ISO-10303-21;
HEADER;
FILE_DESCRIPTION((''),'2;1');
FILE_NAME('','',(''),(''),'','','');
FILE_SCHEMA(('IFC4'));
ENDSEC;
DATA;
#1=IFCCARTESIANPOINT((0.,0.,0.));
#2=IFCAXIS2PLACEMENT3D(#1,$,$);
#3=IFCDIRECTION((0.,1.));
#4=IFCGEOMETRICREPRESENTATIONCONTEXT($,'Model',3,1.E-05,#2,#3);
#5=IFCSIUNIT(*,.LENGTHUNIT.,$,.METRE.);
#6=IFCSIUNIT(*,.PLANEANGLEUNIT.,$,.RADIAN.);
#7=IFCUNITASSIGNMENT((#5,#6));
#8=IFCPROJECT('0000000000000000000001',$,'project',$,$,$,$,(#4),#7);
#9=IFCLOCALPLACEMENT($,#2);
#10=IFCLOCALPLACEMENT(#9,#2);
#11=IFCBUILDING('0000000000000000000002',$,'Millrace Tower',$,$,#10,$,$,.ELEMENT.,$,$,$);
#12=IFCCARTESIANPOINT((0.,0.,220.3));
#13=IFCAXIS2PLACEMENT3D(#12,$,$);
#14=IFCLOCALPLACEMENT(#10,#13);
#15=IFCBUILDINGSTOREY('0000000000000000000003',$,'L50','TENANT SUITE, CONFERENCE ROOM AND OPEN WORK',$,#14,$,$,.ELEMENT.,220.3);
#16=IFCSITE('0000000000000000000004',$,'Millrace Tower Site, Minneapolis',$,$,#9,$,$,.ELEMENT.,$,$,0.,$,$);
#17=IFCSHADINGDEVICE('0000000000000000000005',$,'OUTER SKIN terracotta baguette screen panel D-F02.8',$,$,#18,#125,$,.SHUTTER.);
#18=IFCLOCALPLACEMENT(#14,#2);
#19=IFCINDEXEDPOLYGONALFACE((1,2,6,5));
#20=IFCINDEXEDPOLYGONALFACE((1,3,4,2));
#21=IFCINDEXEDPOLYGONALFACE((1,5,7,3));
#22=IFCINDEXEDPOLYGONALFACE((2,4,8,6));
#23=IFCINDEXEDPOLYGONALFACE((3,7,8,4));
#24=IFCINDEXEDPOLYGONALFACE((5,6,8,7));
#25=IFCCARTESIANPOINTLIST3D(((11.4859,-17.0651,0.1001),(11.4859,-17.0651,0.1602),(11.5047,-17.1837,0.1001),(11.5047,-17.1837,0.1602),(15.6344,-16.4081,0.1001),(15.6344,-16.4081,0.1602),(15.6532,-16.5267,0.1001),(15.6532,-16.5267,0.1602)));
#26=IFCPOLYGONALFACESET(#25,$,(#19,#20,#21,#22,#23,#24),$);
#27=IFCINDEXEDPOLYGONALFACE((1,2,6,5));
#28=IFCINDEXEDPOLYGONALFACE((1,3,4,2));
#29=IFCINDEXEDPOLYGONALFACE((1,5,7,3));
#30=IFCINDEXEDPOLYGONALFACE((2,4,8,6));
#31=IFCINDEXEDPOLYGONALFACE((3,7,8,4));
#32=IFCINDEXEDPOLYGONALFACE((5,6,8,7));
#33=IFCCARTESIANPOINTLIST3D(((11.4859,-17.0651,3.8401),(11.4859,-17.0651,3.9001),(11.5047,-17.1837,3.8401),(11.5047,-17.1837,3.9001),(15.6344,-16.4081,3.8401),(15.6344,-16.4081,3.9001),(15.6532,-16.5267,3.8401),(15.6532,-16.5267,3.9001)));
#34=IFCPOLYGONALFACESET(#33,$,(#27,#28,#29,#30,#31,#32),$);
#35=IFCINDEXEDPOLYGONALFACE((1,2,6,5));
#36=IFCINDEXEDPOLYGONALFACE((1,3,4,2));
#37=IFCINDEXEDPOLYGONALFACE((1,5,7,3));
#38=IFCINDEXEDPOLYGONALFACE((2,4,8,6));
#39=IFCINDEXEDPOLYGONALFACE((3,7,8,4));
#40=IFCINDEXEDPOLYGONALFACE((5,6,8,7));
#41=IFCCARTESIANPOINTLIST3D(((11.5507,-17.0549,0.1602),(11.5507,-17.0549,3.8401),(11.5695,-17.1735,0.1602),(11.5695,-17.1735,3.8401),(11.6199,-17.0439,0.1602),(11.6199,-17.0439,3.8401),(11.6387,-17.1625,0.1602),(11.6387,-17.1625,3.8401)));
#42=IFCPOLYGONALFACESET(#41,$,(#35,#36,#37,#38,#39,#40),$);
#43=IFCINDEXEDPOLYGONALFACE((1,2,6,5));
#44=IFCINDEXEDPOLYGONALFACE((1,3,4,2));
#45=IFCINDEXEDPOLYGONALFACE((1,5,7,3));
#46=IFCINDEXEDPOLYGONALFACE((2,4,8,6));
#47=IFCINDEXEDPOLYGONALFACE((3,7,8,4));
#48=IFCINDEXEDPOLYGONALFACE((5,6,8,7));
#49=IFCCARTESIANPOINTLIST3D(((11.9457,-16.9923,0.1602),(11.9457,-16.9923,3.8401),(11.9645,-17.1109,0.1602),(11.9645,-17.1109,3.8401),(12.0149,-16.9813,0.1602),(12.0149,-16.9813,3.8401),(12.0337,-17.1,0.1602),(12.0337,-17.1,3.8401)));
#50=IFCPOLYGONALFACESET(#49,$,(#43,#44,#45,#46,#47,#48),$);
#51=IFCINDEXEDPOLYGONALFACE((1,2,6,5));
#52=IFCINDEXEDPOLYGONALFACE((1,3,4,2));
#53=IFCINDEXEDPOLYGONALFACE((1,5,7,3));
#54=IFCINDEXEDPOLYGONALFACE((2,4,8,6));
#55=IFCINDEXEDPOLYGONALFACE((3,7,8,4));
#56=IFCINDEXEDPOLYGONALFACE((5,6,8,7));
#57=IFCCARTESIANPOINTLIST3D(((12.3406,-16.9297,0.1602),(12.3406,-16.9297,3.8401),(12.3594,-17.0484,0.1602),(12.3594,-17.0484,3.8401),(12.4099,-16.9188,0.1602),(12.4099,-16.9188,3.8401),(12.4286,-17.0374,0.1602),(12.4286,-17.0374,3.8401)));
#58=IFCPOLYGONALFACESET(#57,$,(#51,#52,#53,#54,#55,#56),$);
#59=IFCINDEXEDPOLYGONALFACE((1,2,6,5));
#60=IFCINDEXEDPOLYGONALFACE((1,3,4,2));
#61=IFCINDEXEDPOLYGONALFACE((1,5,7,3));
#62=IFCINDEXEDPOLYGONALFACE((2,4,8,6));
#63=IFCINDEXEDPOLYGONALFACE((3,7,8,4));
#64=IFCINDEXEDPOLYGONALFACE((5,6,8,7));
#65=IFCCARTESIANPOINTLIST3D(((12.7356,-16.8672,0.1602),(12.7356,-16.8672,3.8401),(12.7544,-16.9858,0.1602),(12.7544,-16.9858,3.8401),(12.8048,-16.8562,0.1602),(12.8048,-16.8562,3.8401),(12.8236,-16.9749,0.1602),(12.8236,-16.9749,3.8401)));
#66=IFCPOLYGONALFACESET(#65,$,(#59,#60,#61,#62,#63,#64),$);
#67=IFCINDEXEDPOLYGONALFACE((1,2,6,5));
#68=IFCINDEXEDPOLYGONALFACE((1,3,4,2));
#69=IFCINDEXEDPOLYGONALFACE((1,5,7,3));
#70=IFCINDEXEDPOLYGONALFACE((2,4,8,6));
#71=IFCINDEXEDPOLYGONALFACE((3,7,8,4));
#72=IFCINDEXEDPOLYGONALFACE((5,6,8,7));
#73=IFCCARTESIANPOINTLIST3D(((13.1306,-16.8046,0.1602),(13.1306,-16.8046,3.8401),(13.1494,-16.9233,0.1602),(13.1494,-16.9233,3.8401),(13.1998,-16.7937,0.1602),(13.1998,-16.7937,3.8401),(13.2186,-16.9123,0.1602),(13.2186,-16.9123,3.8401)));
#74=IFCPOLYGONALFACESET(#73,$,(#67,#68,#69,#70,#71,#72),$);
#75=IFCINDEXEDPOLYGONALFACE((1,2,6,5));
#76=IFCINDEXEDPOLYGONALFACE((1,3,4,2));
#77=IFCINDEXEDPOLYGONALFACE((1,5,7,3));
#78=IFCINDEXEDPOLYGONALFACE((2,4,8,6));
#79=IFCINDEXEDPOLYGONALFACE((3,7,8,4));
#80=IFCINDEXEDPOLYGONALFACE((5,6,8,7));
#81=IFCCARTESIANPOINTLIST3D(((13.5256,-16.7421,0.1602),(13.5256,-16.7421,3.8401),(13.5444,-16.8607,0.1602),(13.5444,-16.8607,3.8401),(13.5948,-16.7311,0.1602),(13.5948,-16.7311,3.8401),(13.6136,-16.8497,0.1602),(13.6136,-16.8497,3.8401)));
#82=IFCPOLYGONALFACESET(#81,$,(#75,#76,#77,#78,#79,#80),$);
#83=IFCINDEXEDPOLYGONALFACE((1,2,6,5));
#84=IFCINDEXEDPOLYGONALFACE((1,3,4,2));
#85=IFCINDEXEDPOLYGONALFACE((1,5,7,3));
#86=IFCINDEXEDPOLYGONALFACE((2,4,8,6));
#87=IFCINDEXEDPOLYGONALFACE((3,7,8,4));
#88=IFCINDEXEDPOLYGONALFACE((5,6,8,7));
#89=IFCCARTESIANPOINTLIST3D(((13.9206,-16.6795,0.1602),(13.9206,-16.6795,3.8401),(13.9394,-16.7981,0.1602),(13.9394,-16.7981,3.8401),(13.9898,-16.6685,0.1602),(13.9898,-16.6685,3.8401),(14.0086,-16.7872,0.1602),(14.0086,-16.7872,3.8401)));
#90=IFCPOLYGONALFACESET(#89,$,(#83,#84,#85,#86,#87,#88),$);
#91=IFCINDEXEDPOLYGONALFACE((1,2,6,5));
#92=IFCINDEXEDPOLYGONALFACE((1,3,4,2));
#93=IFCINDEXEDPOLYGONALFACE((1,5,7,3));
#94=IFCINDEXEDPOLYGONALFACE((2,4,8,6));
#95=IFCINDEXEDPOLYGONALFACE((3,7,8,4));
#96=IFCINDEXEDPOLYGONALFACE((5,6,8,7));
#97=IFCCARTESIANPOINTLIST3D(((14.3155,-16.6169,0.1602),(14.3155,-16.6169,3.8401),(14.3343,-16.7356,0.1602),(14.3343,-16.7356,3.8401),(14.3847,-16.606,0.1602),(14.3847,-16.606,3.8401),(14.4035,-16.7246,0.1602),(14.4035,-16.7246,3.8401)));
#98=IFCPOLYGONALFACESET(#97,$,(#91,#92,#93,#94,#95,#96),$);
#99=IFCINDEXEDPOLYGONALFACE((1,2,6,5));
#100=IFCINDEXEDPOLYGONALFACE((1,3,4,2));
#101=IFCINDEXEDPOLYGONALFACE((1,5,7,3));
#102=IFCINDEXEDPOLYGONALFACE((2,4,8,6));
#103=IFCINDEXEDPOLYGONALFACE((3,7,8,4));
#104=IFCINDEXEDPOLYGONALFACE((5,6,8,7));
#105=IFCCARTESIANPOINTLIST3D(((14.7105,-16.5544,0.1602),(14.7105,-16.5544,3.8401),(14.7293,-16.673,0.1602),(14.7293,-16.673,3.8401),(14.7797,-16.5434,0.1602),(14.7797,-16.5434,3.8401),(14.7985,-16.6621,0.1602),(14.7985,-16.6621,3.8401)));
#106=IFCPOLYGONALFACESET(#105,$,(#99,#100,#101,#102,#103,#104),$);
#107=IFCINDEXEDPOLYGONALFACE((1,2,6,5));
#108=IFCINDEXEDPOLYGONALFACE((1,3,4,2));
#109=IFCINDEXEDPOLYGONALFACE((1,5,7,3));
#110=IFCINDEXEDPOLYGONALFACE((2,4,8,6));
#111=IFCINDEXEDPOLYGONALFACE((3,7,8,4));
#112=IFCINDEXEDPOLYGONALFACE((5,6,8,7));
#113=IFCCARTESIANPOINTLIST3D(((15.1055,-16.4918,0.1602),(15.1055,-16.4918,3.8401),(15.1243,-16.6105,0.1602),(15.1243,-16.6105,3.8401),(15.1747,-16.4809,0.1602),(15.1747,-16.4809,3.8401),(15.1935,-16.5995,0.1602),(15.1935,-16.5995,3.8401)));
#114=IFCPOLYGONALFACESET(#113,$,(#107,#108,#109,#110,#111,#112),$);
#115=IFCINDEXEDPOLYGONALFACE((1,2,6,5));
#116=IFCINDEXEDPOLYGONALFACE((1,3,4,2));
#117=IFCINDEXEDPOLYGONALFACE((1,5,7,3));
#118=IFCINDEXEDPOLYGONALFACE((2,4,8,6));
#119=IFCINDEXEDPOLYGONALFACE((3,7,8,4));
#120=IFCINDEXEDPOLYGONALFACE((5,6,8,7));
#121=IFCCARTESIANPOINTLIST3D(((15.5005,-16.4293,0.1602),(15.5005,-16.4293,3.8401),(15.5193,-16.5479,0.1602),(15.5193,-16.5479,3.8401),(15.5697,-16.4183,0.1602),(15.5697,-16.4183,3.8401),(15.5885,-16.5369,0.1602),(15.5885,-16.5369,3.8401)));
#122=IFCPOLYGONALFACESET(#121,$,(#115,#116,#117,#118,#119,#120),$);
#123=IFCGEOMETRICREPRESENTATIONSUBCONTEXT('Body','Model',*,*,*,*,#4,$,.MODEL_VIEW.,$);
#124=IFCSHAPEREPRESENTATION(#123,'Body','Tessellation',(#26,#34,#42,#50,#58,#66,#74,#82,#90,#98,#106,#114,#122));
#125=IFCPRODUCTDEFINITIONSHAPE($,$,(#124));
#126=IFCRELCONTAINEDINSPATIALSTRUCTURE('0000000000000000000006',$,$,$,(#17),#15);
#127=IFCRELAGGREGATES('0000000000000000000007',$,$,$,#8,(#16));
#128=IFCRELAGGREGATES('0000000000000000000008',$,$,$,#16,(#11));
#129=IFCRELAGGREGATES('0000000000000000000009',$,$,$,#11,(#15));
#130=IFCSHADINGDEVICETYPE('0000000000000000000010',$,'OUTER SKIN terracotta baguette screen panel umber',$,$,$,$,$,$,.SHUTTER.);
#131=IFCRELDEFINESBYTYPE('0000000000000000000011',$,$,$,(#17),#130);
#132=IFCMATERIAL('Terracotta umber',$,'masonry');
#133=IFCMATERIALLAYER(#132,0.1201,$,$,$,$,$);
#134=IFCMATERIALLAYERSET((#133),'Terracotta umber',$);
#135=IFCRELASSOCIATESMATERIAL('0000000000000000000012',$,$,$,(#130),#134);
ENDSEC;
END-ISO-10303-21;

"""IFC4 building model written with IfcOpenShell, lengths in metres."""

from ifc_helpers import new_model, entity, si_unit, direction, frame, frame_2d, origin, origin_2d, place, context, subcontext, project, spatial, rectangle, extrude, source, transform, mapped, material, layer, layer_set, type_object, element, save


model = new_model("IFC4")

# Units and contexts
model_context = context("Model", 3, precision=1e-05, world=origin(), true_north=direction((0.0, 1.0)))
body_context = subcontext(model_context, "Body", "Model", "MODEL_VIEW")
ifc_project = project(units=[si_unit("LENGTHUNIT", "METRE"), si_unit("PLANEANGLEUNIT", "RADIAN")], contexts=[model_context])

# Site, building, storey
site_placement = place(None, origin())
site = spatial("IfcSite", under=ifc_project, at=site_placement, Name="Millrace Tower Site, Minneapolis", CompositionType="ELEMENT", RefElevation=0.0)
building_placement = place(site_placement, origin())
building = spatial("IfcBuilding", under=site, at=building_placement, Name="Millrace Tower", CompositionType="ELEMENT")
storey_placement = place(building_placement, frame((0.0, 0.0, 220.3)))
storey = spatial("IfcBuildingStorey", under=building, at=storey_placement, Name="L50", Description="TENANT SUITE, CONFERENCE ROOM AND OPEN WORK", CompositionType="ELEMENT", Elevation=220.3)

# Shading device
ifc_material_1 = material(Name="Terracotta umber", Category="masonry")
ifc_layer_1 = layer(ifc_material_1, 0.1201)
ifc_layer_set_1 = layer_set([ifc_layer_1], Name="Terracotta umber")
shading_device_type = type_object("IfcShadingDeviceType", Name="OUTER SKIN terracotta baguette screen panel umber", PredefinedType="SHUTTER", material=ifc_layer_set_1)
cartesian_point = entity("IfcCartesianPoint", [-2.1001, 0.0601])
shared_polyline = entity("IfcPolyline", [cartesian_point, entity("IfcCartesianPoint", [2.1001, 0.0601]), entity("IfcCartesianPoint", [2.1001, -0.0601]), entity("IfcCartesianPoint", [-2.1001, -0.0601]), cartesian_point])
shared_shape = source(origin(), body_context, "Body", "SweptSolid", [
    entity("IfcExtrudedAreaSolid", entity("IfcArbitraryClosedProfileDef", "AREA", None, shared_polyline), entity("IfcAxis2Placement3D", entity("IfcCartesianPoint", [0.0, 0.0, 0.0])), entity("IfcDirection", [0.0, 0.0, 1.0]), 0.0601),
    entity("IfcExtrudedAreaSolid", entity("IfcArbitraryClosedProfileDef", "AREA", None, shared_polyline), entity("IfcAxis2Placement3D", entity("IfcCartesianPoint", [0.0, 0.0, 3.74])), entity("IfcDirection", [0.0, 0.0, 1.0]), 0.0601),
    extrude(rectangle(XDim=0.0701, YDim=0.1201, at=frame_2d((-1.9995, 0.0))), frame((0.0, 0.0, 0.0601)), (0.0, 0.0, 1.0), 3.6799),
    extrude(rectangle(XDim=0.0701, YDim=0.1201, at=frame_2d((-1.5996, 0.0))), frame((0.0, 0.0, 0.0601)), (0.0, 0.0, 1.0), 3.6799),
    extrude(rectangle(XDim=0.0701, YDim=0.1201, at=frame_2d((-1.1997, 0.0))), frame((0.0, 0.0, 0.0601)), (0.0, 0.0, 1.0), 3.6799),
    extrude(rectangle(XDim=0.0701, YDim=0.1201, at=frame_2d((-0.7998, 0.0))), frame((0.0, 0.0, 0.0601)), (0.0, 0.0, 1.0), 3.6799),
    extrude(rectangle(XDim=0.0701, YDim=0.1201, at=frame_2d((-0.3999, 0.0))), frame((0.0, 0.0, 0.0601)), (0.0, 0.0, 1.0), 3.6799),
    extrude(rectangle(XDim=0.0701, YDim=0.1201, at=origin_2d()), frame((0.0, 0.0, 0.0601)), (0.0, 0.0, 1.0), 3.6799),
    extrude(rectangle(XDim=0.0701, YDim=0.1201, at=frame_2d((0.3999, 0.0))), frame((0.0, 0.0, 0.0601)), (0.0, 0.0, 1.0), 3.6799),
    extrude(rectangle(XDim=0.0701, YDim=0.1201, at=frame_2d((0.7998, 0.0))), frame((0.0, 0.0, 0.0601)), (0.0, 0.0, 1.0), 3.6799),
    extrude(rectangle(XDim=0.0701, YDim=0.1201, at=frame_2d((1.1997, 0.0))), frame((0.0, 0.0, 0.0601)), (0.0, 0.0, 1.0), 3.6799),
    extrude(rectangle(XDim=0.0701, YDim=0.1201, at=frame_2d((1.5996, 0.0))), frame((0.0, 0.0, 0.0601)), (0.0, 0.0, 1.0), 3.6799),
    extrude(rectangle(XDim=0.0701, YDim=0.1201, at=frame_2d((1.9995, 0.0))), frame((0.0, 0.0, 0.0601)), (0.0, 0.0, 1.0), 3.6799),
])
for number, where, z_axis, x_axis, name in (
    (1, (13.5696, -16.7959, 0.1001), (0.0, 0.0, 1.0), (0.987688, 0.156434, 0.0), "OUTER SKIN terracotta baguette screen panel D-F02.8"),
):
    element("IfcShadingDevice", number, at=place(storey_placement, frame(where, z_axis=z_axis, x_axis=x_axis)), inside=storey, type_object=shading_device_type, Name=name, PredefinedType="SHUTTER", context=body_context, shape_type="MappedRepresentation", body=[
        mapped(shared_shape, transform((0.0, 0.0, 0.0), scale=1.0)),
    ])

save(model, "model.ifc")
